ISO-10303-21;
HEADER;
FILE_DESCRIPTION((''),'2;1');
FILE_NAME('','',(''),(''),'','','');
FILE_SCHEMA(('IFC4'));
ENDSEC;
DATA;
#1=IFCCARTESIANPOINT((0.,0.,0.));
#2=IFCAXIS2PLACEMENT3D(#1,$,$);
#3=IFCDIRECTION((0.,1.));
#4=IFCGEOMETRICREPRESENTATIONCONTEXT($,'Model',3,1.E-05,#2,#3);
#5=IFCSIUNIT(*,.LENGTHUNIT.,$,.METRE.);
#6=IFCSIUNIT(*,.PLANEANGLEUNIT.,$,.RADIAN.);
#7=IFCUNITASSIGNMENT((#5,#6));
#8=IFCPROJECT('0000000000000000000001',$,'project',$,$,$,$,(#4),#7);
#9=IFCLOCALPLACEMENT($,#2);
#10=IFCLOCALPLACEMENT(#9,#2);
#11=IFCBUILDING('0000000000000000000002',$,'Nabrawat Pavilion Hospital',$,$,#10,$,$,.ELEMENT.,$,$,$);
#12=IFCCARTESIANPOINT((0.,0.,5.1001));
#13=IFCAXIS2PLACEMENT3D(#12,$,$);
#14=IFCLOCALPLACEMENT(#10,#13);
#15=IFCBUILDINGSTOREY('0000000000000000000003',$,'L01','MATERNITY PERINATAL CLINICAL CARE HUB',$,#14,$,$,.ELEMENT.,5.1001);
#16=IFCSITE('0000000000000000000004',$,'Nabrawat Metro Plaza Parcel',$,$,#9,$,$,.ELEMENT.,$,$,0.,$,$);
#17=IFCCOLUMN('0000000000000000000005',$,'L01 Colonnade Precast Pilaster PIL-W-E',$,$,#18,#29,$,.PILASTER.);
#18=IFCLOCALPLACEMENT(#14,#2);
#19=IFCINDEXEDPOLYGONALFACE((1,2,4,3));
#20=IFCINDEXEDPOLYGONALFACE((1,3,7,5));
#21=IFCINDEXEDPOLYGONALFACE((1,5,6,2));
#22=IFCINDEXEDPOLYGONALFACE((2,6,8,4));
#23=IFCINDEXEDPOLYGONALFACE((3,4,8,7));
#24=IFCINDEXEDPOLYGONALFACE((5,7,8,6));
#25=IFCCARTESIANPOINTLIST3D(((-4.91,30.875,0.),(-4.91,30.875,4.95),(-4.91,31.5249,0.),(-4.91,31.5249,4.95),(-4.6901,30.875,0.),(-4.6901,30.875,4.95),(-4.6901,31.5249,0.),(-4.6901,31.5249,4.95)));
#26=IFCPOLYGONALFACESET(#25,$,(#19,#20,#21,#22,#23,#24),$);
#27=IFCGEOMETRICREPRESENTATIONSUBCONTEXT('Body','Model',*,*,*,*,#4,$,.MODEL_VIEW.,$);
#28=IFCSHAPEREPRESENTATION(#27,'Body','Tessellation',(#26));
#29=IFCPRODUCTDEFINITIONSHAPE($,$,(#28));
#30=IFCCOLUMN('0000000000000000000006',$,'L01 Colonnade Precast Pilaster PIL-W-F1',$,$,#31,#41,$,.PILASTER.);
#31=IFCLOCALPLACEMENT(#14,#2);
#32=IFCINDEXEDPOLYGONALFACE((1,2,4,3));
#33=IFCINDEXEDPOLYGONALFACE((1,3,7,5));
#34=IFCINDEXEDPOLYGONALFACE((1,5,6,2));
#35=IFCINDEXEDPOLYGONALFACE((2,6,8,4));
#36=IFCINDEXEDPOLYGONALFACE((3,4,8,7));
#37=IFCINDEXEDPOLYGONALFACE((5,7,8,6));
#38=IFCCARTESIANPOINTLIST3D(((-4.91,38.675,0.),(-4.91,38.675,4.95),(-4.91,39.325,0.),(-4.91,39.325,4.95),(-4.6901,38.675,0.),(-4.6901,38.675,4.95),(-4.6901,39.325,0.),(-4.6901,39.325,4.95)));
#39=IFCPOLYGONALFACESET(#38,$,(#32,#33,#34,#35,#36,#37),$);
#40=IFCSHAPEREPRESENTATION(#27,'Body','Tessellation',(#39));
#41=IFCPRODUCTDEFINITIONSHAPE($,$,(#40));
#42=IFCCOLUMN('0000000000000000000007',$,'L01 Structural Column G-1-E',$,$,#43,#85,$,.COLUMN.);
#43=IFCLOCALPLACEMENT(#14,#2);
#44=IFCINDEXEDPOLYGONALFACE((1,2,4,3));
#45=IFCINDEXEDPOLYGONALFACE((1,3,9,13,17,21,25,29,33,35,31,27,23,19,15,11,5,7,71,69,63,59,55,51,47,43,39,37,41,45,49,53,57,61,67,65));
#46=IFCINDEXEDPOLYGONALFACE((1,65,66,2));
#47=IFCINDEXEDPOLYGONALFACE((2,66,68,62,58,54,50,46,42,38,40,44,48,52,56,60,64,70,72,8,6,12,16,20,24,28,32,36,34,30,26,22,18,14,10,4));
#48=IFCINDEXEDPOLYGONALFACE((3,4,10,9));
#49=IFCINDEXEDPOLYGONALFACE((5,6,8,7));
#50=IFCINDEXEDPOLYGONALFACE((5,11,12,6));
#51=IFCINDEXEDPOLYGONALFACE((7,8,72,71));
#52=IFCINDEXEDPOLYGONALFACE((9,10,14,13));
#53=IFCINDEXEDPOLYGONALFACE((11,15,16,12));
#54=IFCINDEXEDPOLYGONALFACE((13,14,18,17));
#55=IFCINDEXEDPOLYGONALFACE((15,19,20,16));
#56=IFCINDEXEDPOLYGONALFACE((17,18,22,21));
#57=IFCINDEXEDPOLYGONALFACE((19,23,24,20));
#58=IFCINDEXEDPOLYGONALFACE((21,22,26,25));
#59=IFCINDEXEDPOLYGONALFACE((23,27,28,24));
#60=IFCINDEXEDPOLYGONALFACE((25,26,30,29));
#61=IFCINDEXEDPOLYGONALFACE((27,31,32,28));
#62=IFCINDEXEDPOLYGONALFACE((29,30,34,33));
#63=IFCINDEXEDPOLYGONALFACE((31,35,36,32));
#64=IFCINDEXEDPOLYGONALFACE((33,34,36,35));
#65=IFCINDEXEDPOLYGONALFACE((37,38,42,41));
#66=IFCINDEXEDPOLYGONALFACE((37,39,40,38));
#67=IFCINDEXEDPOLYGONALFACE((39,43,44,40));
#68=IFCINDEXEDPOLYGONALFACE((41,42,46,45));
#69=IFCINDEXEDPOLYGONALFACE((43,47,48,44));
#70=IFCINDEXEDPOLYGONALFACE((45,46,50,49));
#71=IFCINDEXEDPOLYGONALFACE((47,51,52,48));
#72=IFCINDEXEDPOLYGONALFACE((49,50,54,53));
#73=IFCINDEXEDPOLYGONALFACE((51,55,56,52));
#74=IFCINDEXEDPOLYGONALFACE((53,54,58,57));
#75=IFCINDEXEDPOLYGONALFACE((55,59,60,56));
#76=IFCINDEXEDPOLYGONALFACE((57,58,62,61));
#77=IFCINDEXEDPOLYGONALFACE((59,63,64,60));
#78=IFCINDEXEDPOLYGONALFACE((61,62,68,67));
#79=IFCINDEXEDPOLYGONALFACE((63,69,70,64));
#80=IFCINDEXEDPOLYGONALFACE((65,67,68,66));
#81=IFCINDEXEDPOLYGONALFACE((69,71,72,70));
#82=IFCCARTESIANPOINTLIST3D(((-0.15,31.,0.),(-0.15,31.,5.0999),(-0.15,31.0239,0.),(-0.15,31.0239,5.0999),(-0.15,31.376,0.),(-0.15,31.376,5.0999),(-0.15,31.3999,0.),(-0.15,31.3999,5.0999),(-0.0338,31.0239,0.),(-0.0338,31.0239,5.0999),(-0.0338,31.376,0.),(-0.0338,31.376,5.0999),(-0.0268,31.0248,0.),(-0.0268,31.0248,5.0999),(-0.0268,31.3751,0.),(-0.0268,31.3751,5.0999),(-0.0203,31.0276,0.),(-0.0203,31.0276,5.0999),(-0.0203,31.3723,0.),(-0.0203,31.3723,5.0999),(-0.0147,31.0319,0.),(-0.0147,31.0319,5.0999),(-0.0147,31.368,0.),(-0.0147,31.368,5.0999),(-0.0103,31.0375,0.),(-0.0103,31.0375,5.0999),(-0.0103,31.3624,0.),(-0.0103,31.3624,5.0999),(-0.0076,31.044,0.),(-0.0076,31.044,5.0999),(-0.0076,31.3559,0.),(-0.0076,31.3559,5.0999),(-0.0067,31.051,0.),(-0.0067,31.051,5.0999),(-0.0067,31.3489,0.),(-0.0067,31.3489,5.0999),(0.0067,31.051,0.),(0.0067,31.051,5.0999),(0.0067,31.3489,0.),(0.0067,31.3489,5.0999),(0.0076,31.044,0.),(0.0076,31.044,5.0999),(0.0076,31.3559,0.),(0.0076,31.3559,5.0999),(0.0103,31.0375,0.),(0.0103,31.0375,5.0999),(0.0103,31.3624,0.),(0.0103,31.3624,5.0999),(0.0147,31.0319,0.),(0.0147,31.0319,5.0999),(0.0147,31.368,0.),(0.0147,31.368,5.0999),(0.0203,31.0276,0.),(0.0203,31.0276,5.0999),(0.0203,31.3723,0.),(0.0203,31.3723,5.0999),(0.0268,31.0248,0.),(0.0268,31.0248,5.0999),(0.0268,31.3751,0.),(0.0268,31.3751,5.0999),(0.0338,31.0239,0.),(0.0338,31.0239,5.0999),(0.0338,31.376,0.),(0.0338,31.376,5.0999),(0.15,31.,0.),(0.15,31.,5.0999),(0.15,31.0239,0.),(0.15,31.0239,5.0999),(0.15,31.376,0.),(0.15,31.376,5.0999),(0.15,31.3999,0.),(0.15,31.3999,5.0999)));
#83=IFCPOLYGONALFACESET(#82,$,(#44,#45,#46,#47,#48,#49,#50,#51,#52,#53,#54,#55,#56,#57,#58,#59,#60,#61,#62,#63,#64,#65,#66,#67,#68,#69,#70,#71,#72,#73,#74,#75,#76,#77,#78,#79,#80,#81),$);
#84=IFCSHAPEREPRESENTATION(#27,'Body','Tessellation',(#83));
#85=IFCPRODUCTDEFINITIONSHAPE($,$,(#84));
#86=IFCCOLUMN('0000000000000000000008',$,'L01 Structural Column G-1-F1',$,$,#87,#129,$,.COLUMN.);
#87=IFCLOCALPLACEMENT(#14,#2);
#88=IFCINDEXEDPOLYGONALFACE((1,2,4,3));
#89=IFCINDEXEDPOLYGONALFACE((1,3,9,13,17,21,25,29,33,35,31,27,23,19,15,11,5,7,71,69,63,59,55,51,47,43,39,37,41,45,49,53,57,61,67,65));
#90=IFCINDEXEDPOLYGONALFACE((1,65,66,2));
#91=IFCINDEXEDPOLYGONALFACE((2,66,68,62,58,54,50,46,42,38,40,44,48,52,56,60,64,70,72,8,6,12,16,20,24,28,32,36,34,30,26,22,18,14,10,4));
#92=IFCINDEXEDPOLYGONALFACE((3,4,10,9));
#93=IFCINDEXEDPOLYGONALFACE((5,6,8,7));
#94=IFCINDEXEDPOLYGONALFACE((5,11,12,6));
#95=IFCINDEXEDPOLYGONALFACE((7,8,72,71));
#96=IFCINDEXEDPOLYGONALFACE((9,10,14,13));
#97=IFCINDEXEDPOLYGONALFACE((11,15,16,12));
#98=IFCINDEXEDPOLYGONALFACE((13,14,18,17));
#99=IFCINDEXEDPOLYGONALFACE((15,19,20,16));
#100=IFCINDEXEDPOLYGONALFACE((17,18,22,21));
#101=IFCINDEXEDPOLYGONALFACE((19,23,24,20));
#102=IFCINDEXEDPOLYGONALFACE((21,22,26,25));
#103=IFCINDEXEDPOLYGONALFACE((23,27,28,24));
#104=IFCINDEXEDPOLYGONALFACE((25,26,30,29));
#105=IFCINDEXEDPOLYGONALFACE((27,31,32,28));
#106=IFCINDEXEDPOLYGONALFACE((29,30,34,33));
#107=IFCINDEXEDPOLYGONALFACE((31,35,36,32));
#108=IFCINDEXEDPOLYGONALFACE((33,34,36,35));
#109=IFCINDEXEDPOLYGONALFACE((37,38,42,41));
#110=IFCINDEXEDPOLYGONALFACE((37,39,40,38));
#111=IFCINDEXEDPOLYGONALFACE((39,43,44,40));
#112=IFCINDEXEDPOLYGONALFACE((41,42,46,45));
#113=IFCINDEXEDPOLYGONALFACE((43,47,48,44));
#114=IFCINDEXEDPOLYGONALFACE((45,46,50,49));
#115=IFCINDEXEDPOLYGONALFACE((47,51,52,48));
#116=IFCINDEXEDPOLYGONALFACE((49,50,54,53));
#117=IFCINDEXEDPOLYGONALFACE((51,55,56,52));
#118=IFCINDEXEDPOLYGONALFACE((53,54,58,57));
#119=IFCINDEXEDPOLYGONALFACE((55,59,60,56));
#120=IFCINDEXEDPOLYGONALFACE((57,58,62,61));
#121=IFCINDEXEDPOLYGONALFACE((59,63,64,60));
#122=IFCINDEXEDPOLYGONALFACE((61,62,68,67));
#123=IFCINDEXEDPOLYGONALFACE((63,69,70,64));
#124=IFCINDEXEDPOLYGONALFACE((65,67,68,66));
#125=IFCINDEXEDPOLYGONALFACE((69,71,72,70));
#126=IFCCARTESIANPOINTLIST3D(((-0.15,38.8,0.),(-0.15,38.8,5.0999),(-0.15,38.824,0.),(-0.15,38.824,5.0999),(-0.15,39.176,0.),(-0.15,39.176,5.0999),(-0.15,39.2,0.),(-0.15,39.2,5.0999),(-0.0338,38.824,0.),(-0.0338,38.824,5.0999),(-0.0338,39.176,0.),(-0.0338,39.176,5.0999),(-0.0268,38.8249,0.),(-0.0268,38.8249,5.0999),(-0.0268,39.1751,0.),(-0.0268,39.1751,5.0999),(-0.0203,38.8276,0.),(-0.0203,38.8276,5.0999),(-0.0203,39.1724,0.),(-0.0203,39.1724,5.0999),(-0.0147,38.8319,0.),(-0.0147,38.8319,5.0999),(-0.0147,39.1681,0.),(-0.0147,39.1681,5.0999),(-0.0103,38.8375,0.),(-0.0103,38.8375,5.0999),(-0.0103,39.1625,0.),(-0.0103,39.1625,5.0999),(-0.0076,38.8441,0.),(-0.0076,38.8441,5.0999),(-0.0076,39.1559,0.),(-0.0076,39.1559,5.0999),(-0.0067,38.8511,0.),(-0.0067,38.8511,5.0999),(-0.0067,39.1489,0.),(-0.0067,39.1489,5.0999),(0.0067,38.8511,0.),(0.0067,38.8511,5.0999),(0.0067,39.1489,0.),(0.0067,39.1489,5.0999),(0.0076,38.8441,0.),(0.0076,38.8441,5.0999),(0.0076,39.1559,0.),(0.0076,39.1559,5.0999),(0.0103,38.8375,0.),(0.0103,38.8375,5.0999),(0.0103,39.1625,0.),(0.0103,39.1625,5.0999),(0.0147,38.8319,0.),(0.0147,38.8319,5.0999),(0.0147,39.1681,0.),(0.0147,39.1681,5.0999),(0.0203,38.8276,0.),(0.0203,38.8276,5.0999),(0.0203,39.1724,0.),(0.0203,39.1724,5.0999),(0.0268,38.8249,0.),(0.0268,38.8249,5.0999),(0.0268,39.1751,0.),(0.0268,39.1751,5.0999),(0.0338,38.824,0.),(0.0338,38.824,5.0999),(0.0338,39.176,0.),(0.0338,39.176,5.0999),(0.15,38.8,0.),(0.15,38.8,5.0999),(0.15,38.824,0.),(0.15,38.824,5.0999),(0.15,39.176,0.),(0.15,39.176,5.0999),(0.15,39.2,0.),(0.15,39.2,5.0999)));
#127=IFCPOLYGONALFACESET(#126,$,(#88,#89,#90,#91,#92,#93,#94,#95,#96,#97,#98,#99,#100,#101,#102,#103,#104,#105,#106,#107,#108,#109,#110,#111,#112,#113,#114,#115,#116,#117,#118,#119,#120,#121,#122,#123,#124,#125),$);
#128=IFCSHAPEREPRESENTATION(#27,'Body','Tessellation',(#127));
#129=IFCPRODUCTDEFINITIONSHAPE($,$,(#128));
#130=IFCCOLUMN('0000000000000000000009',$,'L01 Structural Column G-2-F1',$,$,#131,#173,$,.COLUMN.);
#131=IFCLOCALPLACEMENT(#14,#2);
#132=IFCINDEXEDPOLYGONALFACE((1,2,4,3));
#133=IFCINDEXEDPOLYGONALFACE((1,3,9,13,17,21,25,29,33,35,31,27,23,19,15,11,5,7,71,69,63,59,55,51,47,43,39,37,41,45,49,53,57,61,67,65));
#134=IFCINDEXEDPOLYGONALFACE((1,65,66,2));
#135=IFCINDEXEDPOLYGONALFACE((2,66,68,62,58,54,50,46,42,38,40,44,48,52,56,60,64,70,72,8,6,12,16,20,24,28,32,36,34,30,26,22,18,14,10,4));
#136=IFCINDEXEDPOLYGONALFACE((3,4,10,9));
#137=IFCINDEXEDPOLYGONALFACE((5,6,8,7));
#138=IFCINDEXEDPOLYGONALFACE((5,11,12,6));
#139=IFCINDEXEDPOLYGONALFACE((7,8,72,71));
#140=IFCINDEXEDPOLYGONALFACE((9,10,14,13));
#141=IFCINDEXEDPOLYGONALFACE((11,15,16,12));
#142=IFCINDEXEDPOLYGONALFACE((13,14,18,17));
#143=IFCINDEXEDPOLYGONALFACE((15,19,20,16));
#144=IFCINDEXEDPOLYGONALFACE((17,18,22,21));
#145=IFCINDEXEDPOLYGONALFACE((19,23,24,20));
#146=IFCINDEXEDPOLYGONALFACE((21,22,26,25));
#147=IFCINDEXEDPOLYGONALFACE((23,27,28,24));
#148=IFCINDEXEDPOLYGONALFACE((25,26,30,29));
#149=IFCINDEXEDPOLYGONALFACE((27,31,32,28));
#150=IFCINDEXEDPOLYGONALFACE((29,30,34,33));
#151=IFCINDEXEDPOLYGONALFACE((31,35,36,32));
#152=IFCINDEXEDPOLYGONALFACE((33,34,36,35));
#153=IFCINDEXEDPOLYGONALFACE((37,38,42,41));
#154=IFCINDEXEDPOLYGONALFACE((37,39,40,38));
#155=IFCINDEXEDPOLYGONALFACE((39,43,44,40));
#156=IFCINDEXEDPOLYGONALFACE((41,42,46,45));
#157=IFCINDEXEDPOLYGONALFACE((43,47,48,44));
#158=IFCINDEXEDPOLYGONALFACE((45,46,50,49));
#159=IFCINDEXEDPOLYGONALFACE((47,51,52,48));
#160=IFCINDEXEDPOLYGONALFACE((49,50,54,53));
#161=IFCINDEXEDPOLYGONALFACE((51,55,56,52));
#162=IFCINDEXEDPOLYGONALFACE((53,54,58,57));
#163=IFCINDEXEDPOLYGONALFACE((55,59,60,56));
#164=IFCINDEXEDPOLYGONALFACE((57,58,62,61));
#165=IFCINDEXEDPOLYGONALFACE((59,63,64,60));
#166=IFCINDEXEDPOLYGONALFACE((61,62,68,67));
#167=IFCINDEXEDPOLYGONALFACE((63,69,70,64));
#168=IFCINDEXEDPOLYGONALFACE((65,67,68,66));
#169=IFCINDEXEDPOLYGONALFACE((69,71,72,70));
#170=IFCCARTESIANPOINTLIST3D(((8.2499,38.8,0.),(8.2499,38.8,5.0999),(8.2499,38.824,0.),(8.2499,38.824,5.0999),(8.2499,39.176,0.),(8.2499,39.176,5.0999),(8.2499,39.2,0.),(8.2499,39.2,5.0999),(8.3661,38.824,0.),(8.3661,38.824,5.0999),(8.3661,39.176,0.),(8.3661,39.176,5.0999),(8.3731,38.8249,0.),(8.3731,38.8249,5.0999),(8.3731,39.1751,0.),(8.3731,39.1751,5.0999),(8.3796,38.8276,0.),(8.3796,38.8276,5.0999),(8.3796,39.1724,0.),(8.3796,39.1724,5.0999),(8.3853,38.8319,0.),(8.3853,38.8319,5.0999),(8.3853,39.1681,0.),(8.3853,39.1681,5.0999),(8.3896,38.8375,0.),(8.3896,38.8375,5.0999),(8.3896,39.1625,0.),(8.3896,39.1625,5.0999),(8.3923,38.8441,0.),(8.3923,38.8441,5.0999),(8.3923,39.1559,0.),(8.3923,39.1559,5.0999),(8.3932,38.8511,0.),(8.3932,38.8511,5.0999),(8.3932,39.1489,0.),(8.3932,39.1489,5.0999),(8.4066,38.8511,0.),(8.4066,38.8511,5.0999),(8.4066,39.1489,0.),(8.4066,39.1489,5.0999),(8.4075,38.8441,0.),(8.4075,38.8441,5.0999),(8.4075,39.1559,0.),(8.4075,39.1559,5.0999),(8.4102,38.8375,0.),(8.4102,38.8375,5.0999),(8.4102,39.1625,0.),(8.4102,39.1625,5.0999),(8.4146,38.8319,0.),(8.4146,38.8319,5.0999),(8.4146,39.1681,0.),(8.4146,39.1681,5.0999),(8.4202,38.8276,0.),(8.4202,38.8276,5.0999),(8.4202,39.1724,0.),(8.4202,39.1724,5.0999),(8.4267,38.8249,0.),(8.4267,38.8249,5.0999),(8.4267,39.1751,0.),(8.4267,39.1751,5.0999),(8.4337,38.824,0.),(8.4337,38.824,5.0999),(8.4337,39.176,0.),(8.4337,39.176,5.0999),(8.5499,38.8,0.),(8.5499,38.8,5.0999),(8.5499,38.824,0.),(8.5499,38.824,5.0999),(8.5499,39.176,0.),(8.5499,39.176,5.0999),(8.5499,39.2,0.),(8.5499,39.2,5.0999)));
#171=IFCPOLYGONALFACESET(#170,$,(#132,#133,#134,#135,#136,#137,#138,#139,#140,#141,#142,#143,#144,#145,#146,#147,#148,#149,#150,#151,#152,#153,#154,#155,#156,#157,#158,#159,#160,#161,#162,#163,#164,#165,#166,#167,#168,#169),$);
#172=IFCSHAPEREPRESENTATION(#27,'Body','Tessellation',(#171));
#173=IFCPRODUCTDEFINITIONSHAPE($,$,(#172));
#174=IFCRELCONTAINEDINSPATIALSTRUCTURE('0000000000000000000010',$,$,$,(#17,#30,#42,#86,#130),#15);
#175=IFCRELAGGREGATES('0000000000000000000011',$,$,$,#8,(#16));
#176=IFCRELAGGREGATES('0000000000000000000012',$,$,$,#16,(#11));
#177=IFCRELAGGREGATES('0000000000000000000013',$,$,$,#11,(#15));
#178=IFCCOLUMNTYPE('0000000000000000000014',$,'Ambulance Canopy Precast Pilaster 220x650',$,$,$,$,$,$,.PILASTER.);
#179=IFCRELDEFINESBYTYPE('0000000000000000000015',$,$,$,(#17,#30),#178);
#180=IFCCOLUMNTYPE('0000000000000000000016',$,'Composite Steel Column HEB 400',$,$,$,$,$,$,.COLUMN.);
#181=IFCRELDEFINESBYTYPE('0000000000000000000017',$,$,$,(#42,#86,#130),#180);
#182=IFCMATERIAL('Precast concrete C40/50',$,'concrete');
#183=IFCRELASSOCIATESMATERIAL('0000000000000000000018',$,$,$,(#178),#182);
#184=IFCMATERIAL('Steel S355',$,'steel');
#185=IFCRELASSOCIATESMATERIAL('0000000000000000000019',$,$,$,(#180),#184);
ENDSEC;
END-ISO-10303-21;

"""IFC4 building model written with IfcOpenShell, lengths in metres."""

from ifc_helpers import new_model, si_unit, direction, frame, origin, origin_2d, place, context, subcontext, project, spatial, rectangle, i_section, extrude, material, material_profile, profile_set, type_object, element, save


model = new_model("IFC4")

# Units and contexts
model_context = context("Model", 3, precision=1e-05, world=origin(), true_north=direction((0.0, 1.0)))
body_context = subcontext(model_context, "Body", "Model", "MODEL_VIEW")
ifc_project = project(units=[si_unit("LENGTHUNIT", "METRE"), si_unit("PLANEANGLEUNIT", "RADIAN")], contexts=[model_context])

# Site, building, storey
site_placement = place(None, origin())
site = spatial("IfcSite", under=ifc_project, at=site_placement, Name="Nabrawat Metro Plaza Parcel", CompositionType="ELEMENT", RefElevation=0.0)
building_placement = place(site_placement, origin())
building = spatial("IfcBuilding", under=site, at=building_placement, Name="Nabrawat Pavilion Hospital", CompositionType="ELEMENT")
storey_placement = place(building_placement, frame((0.0, 0.0, 5.1001)))
storey = spatial("IfcBuildingStorey", under=building, at=storey_placement, Name="L01", Description="MATERNITY PERINATAL CLINICAL CARE HUB", CompositionType="ELEMENT", Elevation=5.1001)

# Columns
ifc_material_1 = material(Name="Precast concrete C40/50", Category="concrete")
ifc_material_profile_1 = material_profile(ifc_material_1, rectangle(XDim=0.22, YDim=0.6499, at=origin_2d()), Name="PC 220x650")
ifc_profile_set_1 = profile_set([ifc_material_profile_1], Name="Precast concrete C40/50")
column_type_1 = type_object("IfcColumnType", Name="Ambulance Canopy Precast Pilaster 220x650", PredefinedType="PILASTER", material=ifc_profile_set_1)
for number, where, z_axis, x_axis, name in (
    (1, (-4.8, 31.2, 0.0), (0.0, 0.0, 1.0), (1.0, 0.0, 0.0), "L01 Colonnade Precast Pilaster PIL-W-E"),
    (2, (-4.8, 39.0, 0.0), (0.0, 0.0, 1.0), (1.0, 0.0, 0.0), "L01 Colonnade Precast Pilaster PIL-W-F1"),
):
    element("IfcColumn", number, at=place(storey_placement, frame(where, z_axis=z_axis, x_axis=x_axis)), inside=storey, type_object=column_type_1, Name=name, PredefinedType="PILASTER", context=body_context, shape_type="SweptSolid", body=[
        extrude(rectangle(XDim=0.22, YDim=0.6499, at=origin_2d()), origin(), (0.0, 0.0, 1.0), 4.95),
    ])
ifc_material_2 = material(Name="Steel S355", Category="steel")
ifc_material_profile_2 = material_profile(ifc_material_2, i_section(OverallWidth=0.3, OverallDepth=0.3999, WebThickness=0.0134, FlangeThickness=0.0239, FilletRadius=0.0271, at=origin_2d()), Name="HEB 400")
ifc_profile_set_2 = profile_set([ifc_material_profile_2], Name="Steel S355")
column_type_2 = type_object("IfcColumnType", Name="Composite Steel Column HEB 400", PredefinedType="COLUMN", material=ifc_profile_set_2)
for number, where, z_axis, x_axis, name in (
    (3, (0.0, 31.2, 0.0), (0.0, 0.0, 1.0), (1.0, 0.0, 0.0), "L01 Structural Column G-1-E"),
    (4, (0.0, 39.0, 0.0), (0.0, 0.0, 1.0), (1.0, 0.0, 0.0), "L01 Structural Column G-1-F1"),
    (5, (8.3999, 39.0, 0.0), (0.0, 0.0, 1.0), (1.0, 0.0, 0.0), "L01 Structural Column G-2-F1"),
):
    element("IfcColumn", number, at=place(storey_placement, frame(where, z_axis=z_axis, x_axis=x_axis)), inside=storey, type_object=column_type_2, Name=name, PredefinedType="COLUMN", context=body_context, shape_type="SweptSolid", body=[
        extrude(i_section(OverallWidth=0.3, OverallDepth=0.3999, WebThickness=0.0134, FlangeThickness=0.0239, FilletRadius=0.0271, at=origin_2d()), origin(), (0.0, 0.0, 1.0), 5.0999),
    ])

save(model, "model.ifc")
